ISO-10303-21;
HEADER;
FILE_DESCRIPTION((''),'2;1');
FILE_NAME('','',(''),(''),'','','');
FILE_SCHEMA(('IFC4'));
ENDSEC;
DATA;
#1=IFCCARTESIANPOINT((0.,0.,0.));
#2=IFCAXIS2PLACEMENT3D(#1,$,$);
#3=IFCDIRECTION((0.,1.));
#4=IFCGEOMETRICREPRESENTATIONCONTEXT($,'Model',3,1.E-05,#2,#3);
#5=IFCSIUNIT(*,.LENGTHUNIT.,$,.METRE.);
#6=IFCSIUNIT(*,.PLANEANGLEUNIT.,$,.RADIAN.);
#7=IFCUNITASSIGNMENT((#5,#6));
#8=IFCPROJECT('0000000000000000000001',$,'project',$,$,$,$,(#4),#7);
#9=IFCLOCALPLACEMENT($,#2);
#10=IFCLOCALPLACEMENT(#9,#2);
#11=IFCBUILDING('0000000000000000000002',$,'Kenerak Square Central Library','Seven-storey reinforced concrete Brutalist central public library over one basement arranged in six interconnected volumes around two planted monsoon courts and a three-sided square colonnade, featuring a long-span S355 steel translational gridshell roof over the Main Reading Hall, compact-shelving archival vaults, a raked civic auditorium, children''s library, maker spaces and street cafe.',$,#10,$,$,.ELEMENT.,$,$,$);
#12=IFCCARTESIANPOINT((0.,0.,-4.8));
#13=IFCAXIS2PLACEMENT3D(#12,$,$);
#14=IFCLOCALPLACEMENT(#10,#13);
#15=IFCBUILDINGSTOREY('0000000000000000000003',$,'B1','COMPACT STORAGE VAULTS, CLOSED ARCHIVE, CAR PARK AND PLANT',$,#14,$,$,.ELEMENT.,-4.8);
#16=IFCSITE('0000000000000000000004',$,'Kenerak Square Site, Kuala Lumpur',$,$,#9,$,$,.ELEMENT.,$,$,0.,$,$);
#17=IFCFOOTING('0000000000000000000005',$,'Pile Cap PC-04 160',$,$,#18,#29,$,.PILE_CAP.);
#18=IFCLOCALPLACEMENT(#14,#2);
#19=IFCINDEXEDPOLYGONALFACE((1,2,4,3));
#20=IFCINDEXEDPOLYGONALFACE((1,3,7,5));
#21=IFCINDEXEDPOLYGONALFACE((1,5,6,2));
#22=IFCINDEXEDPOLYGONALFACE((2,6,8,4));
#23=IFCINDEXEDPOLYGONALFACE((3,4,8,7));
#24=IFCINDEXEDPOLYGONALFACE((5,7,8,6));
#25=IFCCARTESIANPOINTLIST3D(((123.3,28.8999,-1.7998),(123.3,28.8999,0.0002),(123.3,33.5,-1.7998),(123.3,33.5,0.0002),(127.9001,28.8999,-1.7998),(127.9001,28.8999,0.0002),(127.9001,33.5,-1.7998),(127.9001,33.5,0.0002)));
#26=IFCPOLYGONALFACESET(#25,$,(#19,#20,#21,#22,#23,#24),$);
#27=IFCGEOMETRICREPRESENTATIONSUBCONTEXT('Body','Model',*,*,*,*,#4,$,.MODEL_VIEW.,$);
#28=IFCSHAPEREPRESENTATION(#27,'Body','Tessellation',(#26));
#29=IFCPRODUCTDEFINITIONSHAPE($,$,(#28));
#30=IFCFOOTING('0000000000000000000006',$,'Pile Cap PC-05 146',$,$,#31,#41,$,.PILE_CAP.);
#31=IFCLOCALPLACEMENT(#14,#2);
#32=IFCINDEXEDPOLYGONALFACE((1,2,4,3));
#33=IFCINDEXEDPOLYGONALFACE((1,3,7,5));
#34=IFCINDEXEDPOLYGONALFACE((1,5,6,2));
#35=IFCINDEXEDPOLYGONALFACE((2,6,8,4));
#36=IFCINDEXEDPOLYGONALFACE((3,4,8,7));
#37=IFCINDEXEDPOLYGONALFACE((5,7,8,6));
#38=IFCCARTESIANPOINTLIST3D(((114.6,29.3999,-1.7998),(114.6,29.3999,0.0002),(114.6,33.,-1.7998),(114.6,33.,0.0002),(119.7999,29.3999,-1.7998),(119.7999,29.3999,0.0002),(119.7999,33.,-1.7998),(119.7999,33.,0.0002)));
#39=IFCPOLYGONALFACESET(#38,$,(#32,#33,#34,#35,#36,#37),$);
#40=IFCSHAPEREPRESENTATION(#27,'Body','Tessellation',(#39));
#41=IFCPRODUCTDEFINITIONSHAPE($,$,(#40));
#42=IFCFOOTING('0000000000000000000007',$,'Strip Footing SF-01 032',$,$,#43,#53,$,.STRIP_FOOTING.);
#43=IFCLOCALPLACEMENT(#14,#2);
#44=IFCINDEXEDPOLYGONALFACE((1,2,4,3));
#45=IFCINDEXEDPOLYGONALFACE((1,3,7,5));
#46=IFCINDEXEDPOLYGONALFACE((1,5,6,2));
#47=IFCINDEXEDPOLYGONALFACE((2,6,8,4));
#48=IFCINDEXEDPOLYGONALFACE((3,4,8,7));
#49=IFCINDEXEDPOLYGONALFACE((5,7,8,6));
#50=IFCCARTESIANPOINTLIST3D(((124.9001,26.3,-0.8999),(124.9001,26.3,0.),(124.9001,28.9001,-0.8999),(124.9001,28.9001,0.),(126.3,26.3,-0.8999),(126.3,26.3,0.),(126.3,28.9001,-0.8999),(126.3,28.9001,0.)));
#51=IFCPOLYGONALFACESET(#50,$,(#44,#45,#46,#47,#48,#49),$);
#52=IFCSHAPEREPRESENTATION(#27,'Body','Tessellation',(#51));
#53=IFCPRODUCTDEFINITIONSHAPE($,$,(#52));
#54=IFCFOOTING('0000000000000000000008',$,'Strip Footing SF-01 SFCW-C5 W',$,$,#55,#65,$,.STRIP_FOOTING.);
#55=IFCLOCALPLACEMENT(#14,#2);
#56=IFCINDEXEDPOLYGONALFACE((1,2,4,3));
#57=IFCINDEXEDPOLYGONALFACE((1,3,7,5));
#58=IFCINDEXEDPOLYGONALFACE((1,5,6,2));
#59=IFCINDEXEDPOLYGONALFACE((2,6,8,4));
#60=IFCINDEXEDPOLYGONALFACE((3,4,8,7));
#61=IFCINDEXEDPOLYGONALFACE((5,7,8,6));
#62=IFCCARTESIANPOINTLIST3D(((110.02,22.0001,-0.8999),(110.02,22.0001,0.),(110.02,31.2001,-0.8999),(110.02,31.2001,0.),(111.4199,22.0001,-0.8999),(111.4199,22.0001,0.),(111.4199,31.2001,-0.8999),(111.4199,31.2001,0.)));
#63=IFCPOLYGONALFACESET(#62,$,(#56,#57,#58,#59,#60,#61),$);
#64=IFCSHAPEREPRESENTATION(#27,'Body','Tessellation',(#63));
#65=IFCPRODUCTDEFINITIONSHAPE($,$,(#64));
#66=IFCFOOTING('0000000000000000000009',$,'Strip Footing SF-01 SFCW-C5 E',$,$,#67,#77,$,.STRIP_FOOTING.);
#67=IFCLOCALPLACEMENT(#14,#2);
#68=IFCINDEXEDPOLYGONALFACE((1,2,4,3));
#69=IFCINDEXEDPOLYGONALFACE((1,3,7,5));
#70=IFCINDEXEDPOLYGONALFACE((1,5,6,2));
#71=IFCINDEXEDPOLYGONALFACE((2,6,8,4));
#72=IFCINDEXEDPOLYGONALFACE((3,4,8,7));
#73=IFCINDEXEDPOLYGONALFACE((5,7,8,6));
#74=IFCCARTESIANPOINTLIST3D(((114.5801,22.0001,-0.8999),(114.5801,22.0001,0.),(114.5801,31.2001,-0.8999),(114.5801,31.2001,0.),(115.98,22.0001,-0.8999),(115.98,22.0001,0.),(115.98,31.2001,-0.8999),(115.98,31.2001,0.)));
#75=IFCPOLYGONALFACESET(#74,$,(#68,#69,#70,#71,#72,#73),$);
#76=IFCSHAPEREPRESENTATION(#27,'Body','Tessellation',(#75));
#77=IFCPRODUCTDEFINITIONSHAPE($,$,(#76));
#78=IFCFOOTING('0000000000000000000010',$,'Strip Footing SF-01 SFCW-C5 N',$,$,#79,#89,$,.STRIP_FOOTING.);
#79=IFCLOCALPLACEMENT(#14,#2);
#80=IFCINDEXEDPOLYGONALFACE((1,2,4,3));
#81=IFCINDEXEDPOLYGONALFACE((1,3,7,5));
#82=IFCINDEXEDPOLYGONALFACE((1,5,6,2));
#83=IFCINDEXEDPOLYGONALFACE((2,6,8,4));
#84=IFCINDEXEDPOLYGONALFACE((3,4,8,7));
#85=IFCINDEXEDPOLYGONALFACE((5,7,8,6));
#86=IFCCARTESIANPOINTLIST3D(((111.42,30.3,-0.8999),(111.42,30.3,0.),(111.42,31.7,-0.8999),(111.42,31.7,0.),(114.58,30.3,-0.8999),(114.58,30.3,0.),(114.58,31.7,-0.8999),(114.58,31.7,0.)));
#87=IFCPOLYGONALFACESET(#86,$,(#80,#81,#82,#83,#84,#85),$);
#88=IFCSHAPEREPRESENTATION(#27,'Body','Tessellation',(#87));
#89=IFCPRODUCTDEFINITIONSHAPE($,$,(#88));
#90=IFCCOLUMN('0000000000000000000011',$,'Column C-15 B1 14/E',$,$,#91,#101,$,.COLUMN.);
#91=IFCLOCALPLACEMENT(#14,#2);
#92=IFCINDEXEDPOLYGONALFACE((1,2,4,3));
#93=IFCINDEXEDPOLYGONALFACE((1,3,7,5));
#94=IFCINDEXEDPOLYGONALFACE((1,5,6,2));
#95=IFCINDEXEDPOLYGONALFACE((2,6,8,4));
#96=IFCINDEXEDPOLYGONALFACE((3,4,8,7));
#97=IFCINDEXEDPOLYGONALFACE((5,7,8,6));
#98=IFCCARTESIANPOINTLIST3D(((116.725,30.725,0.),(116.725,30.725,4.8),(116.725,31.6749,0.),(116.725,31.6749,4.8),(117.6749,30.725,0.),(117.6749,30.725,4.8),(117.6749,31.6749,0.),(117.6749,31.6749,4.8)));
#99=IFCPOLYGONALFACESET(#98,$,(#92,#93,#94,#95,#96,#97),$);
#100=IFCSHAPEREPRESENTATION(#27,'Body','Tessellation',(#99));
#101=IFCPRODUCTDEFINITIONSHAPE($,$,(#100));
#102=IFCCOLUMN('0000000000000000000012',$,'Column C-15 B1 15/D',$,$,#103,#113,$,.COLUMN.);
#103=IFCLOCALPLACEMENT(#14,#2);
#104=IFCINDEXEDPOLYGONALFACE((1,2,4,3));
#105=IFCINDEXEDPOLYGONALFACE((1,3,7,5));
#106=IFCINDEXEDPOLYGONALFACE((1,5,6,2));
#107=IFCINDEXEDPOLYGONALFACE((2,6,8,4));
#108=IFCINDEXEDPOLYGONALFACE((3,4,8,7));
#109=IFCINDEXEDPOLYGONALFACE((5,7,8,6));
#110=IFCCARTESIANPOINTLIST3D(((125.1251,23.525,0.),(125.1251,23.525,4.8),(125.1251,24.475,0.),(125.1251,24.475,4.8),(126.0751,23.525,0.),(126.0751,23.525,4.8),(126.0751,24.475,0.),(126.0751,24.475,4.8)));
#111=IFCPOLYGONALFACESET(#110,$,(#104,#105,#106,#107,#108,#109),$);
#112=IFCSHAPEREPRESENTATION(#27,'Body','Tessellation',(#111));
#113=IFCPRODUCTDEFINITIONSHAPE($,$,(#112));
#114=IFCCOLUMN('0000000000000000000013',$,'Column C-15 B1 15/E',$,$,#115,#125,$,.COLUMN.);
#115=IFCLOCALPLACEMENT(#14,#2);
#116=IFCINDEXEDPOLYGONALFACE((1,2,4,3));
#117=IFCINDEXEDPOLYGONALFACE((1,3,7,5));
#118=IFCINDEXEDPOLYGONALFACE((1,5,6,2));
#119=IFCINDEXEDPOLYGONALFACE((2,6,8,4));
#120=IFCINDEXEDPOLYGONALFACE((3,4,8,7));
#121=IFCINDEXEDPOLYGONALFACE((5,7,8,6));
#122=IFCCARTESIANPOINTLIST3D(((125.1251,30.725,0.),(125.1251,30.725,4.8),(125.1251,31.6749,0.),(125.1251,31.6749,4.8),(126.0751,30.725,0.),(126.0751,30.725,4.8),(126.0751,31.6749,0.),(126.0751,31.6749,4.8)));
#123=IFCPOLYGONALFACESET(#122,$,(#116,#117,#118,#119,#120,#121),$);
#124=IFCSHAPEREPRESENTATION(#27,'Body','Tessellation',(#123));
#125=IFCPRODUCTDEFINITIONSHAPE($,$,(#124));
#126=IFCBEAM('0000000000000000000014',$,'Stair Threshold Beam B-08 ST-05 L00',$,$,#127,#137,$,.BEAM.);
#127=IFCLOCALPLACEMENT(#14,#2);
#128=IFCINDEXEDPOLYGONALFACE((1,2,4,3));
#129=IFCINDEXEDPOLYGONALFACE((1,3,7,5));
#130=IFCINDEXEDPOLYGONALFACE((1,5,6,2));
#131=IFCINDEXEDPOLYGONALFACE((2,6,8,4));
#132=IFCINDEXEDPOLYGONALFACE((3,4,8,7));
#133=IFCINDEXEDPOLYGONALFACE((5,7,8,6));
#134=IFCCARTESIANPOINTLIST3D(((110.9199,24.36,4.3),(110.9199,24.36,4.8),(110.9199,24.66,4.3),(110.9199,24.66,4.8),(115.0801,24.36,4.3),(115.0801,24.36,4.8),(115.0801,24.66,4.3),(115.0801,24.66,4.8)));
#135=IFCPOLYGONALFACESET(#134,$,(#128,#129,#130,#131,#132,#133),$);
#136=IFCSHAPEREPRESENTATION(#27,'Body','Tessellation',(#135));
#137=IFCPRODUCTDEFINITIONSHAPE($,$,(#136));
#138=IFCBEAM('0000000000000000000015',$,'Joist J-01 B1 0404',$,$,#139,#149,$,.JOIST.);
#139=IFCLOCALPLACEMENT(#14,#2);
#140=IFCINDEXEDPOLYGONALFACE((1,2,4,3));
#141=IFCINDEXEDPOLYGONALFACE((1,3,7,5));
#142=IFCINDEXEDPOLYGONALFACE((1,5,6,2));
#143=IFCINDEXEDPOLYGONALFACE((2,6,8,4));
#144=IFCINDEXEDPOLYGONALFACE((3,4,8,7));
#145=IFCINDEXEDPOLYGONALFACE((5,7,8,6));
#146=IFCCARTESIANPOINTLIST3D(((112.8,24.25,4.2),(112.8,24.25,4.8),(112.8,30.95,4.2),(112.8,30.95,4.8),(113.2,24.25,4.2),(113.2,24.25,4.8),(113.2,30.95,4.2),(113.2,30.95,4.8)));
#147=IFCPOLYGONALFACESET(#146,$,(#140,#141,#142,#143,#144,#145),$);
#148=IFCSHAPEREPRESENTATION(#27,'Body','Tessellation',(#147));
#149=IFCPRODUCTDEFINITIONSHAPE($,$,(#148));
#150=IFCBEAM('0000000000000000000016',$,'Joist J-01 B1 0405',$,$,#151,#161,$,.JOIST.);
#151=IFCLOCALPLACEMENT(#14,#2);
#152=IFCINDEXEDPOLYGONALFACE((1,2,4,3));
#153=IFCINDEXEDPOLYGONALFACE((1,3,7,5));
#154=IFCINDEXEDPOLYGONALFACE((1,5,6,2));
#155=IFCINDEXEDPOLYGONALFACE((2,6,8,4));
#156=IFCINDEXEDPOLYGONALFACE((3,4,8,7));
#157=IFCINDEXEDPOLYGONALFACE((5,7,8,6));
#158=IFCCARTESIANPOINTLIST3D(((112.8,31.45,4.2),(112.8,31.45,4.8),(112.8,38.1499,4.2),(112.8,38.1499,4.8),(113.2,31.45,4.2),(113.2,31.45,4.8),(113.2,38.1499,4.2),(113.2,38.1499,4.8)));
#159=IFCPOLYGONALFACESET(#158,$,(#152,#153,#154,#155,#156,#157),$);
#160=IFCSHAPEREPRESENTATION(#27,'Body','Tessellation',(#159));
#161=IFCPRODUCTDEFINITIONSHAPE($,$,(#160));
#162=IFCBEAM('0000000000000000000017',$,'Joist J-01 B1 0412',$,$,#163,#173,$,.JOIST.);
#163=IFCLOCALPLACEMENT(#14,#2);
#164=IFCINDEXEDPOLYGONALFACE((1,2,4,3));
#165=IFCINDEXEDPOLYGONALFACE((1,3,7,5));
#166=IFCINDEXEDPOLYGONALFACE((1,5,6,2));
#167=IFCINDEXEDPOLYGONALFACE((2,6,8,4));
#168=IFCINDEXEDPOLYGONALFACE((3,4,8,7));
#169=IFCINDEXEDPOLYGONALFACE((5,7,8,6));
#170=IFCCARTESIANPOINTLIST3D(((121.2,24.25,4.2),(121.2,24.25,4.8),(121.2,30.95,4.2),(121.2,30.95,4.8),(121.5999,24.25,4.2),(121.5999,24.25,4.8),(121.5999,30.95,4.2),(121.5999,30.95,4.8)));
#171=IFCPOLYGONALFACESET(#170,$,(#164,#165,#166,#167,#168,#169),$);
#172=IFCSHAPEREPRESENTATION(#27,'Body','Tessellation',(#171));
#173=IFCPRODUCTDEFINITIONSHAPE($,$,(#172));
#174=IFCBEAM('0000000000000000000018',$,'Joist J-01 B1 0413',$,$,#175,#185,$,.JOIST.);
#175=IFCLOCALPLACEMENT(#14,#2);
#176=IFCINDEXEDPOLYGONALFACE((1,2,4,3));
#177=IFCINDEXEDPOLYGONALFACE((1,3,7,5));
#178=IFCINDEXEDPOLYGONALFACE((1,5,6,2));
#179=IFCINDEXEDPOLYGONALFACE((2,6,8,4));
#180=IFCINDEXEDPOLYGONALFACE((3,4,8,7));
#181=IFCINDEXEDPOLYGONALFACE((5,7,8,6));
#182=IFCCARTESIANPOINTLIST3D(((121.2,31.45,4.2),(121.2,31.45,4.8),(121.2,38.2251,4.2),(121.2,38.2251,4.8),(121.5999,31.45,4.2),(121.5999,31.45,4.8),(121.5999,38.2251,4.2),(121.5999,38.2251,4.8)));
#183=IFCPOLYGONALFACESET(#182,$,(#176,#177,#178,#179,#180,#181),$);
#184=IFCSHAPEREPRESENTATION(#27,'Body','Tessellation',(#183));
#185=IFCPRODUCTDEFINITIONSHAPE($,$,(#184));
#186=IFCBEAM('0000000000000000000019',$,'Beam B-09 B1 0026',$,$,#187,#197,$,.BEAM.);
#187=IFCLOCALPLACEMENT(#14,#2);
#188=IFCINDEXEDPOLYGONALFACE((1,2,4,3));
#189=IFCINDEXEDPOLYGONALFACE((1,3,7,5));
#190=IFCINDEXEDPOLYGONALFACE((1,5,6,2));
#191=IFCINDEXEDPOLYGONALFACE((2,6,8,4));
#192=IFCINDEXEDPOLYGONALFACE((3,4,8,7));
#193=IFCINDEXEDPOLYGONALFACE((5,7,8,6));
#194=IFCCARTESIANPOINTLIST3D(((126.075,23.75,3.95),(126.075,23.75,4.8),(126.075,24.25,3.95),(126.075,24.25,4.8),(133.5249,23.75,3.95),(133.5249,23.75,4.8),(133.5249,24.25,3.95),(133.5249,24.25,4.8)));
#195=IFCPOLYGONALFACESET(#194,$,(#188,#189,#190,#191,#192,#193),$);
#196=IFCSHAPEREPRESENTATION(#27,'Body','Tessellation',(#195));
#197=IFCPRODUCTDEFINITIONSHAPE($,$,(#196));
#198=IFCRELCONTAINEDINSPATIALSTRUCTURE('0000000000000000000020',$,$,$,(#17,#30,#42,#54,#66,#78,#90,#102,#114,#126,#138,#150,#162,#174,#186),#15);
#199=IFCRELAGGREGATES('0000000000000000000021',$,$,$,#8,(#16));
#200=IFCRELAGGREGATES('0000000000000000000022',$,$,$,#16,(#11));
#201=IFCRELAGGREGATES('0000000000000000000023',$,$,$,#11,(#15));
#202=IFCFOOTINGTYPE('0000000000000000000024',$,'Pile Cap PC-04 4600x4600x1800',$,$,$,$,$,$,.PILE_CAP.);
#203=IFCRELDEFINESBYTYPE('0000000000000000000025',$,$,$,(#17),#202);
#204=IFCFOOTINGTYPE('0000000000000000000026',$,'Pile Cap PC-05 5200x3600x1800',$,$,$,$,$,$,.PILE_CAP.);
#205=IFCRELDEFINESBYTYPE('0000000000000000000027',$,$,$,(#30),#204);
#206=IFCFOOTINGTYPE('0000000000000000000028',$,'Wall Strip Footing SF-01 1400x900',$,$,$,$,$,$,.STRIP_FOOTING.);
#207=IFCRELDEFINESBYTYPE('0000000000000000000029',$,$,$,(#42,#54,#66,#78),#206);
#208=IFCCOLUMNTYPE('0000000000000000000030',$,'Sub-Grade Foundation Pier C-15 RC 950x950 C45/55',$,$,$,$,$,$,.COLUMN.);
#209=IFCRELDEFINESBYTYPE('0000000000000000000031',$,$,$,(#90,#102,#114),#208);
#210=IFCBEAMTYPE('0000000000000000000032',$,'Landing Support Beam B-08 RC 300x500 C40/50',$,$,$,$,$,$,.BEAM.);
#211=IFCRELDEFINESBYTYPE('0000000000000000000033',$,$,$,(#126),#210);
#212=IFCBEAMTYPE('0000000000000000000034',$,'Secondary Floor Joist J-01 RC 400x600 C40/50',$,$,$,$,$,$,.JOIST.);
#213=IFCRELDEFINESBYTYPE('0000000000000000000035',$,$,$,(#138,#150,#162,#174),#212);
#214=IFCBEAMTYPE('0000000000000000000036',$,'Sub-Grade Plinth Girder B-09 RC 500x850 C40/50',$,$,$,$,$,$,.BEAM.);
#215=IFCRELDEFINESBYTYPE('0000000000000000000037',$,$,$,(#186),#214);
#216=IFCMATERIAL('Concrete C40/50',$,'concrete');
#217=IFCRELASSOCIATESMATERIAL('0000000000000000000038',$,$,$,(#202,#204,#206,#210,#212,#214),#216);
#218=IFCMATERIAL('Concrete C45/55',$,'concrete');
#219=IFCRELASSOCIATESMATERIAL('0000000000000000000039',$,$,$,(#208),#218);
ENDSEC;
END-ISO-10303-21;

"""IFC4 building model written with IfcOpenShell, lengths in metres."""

from ifc_helpers import new_model, si_unit, direction, frame, origin, origin_2d, place, context, subcontext, project, spatial, rectangle, extrude, material, material_profile, profile_set, type_object, element, save


model = new_model("IFC4")

# Units and contexts
model_context = context("Model", 3, precision=1e-05, world=origin(), true_north=direction((0.0, 1.0)))
body_context = subcontext(model_context, "Body", "Model", "MODEL_VIEW")
ifc_project = project(units=[si_unit("LENGTHUNIT", "METRE"), si_unit("PLANEANGLEUNIT", "RADIAN")], contexts=[model_context])

# Site, building, storey
site_placement = place(None, origin())
site = spatial("IfcSite", under=ifc_project, at=site_placement, Name="Kenerak Square Site, Kuala Lumpur", CompositionType="ELEMENT", RefElevation=0.0)
building_placement = place(site_placement, origin())
building = spatial("IfcBuilding", under=site, at=building_placement, Name="Kenerak Square Central Library", Description="Seven-storey reinforced concrete Brutalist central public library over one basement arranged in six interconnected volumes around two planted monsoon courts and a three-sided square colonnade, featuring a long-span S355 steel translational gridshell roof over the Main Reading Hall, compact-shelving archival vaults, a raked civic auditorium, children's library, maker spaces and street cafe.", CompositionType="ELEMENT")
storey_placement = place(building_placement, frame((0.0, 0.0, -4.8)))
storey = spatial("IfcBuildingStorey", under=building, at=storey_placement, Name="B1", Description="COMPACT STORAGE VAULTS, CLOSED ARCHIVE, CAR PARK AND PLANT", CompositionType="ELEMENT", Elevation=-4.8)

# Shared definitions
ifc_material_1 = material(Name="Concrete C40/50", Category="concrete")

# Footings
footing_type_1 = type_object("IfcFootingType", Name="Pile Cap PC-04 4600x4600x1800", PredefinedType="PILE_CAP", material=ifc_material_1)
for number, where, z_axis, x_axis, name in (
    (1, (125.6001, 31.2, -1.7998), (0.0, 0.0, 1.0), (1.0, 0.0, 0.0), "Pile Cap PC-04 160"),
):
    element("IfcFooting", number, at=place(storey_placement, frame(where, z_axis=z_axis, x_axis=x_axis)), inside=storey, type_object=footing_type_1, Name=name, PredefinedType="PILE_CAP", context=body_context, shape_type="SweptSolid", body=[
        extrude(rectangle(XDim=4.6001, YDim=4.6001, at=origin_2d()), origin(), (0.0, 0.0, 1.0), 1.8),
    ])
footing_type_2 = type_object("IfcFootingType", Name="Pile Cap PC-05 5200x3600x1800", PredefinedType="PILE_CAP", material=ifc_material_1)
footing_1_placement = place(storey_placement, frame((117.2, 31.2, -1.7998), z_axis=(0.0, 0.0, 1.0), x_axis=(1.0, 0.0, 0.0)))
element("IfcFooting", 2, at=footing_1_placement, inside=storey, type_object=footing_type_2, Name="Pile Cap PC-05 146", PredefinedType="PILE_CAP", context=body_context, shape_type="SweptSolid", body=[
    extrude(rectangle(XDim=5.2, YDim=3.6001, at=origin_2d()), origin(), (0.0, 0.0, 1.0), 1.8),
])
footing_type_3 = type_object("IfcFootingType", Name="Wall Strip Footing SF-01 1400x900", PredefinedType="STRIP_FOOTING", material=ifc_material_1)
footing_2_placement = place(storey_placement, frame((125.6001, 27.6001, -0.8999), z_axis=(0.0, 0.0, 1.0), x_axis=(1.0, 0.0, 0.0)))
element("IfcFooting", 3, at=footing_2_placement, inside=storey, type_object=footing_type_3, Name="Strip Footing SF-01 032", PredefinedType="STRIP_FOOTING", context=body_context, shape_type="SweptSolid", body=[
    extrude(rectangle(XDim=1.3999, YDim=2.6001, at=origin_2d()), origin(), (0.0, 0.0, 1.0), 0.8999),
])
for number, where, z_axis, x_axis, name in (
    (4, (110.72, 26.6001, -0.8999), (0.0, 0.0, 1.0), (1.0, 0.0, 0.0), "Strip Footing SF-01 SFCW-C5 W"),
    (5, (115.28, 26.6001, -0.8999), (0.0, 0.0, 1.0), (1.0, 0.0, 0.0), "Strip Footing SF-01 SFCW-C5 E"),
):
    element("IfcFooting", number, at=place(storey_placement, frame(where, z_axis=z_axis, x_axis=x_axis)), inside=storey, type_object=footing_type_3, Name=name, PredefinedType="STRIP_FOOTING", context=body_context, shape_type="SweptSolid", body=[
        extrude(rectangle(XDim=1.3999, YDim=9.2, at=origin_2d()), origin(), (0.0, 0.0, 1.0), 0.8999),
    ])
footing_3_placement = place(storey_placement, frame((113.0, 31.0, -0.8999), z_axis=(0.0, 0.0, 1.0), x_axis=(1.0, 0.0, 0.0)))
element("IfcFooting", 6, at=footing_3_placement, inside=storey, type_object=footing_type_3, Name="Strip Footing SF-01 SFCW-C5 N", PredefinedType="STRIP_FOOTING", context=body_context, shape_type="SweptSolid", body=[
    extrude(rectangle(XDim=3.1599, YDim=1.3999, at=origin_2d()), origin(), (0.0, 0.0, 1.0), 0.8999),
])

# Columns
ifc_material_2 = material(Name="Concrete C45/55", Category="concrete")
ifc_material_profile_1 = material_profile(ifc_material_2, rectangle(XDim=0.95, YDim=0.95, at=origin_2d()), Name="RC 950x950")
ifc_profile_set_1 = profile_set([ifc_material_profile_1], Name="Concrete C45/55")
column_type = type_object("IfcColumnType", Name="Sub-Grade Foundation Pier C-15 RC 950x950 C45/55", PredefinedType="COLUMN", material=ifc_profile_set_1)
for number, where, z_axis, x_axis, name in (
    (7, (117.2, 31.2, 0.0), (0.0, 0.0, 1.0), (1.0, 0.0, 0.0), "Column C-15 B1 14/E"),
    (8, (125.6001, 24.0, 0.0), (0.0, 0.0, 1.0), (1.0, 0.0, 0.0), "Column C-15 B1 15/D"),
    (9, (125.6001, 31.2, 0.0), (0.0, 0.0, 1.0), (1.0, 0.0, 0.0), "Column C-15 B1 15/E"),
):
    element("IfcColumn", number, at=place(storey_placement, frame(where, z_axis=z_axis, x_axis=x_axis)), inside=storey, type_object=column_type, Name=name, PredefinedType="COLUMN", context=body_context, shape_type="SweptSolid", body=[
        extrude(rectangle(XDim=0.95, YDim=0.95, at=origin_2d()), origin(), (0.0, 0.0, 1.0), 4.8),
    ])

# Beams
ifc_material_profile_2 = material_profile(ifc_material_1, rectangle(XDim=0.3, YDim=0.5, at=origin_2d()), Name="RC 300x500")
ifc_profile_set_2 = profile_set([ifc_material_profile_2], Name="Concrete C40/50")
beam_type_1 = type_object("IfcBeamType", Name="Landing Support Beam B-08 RC 300x500 C40/50", PredefinedType="BEAM", material=ifc_profile_set_2)
beam_1_placement = place(storey_placement, frame((110.9199, 24.51, 4.55), z_axis=(1.0, 0.0, 0.0), x_axis=(0.0, 1.0, 0.0)))
element("IfcBeam", 10, at=beam_1_placement, inside=storey, type_object=beam_type_1, Name="Stair Threshold Beam B-08 ST-05 L00", PredefinedType="BEAM", context=body_context, shape_type="SweptSolid", body=[
    extrude(rectangle(XDim=0.3, YDim=0.5, at=origin_2d()), origin(), (0.0, 0.0, 1.0), 4.1602),
])
ifc_material_profile_3 = material_profile(ifc_material_1, rectangle(XDim=0.3999, YDim=0.6001, at=origin_2d()), Name="RC 400x600")
ifc_profile_set_3 = profile_set([ifc_material_profile_3], Name="Concrete C40/50")
beam_type_2 = type_object("IfcBeamType", Name="Secondary Floor Joist J-01 RC 400x600 C40/50", PredefinedType="JOIST", material=ifc_profile_set_3)
for number, where, z_axis, x_axis, name in (
    (11, (113.0, 24.25, 4.5), (0.0, 1.0, 0.0), (-1.0, 0.0, 0.0), "Joist J-01 B1 0404"),
    (12, (113.0, 31.45, 4.5), (0.0, 1.0, 0.0), (-1.0, 0.0, 0.0), "Joist J-01 B1 0405"),
    (13, (121.3999, 24.25, 4.5), (0.0, 1.0, 0.0), (-1.0, 0.0, 0.0), "Joist J-01 B1 0412"),
):
    element("IfcBeam", number, at=place(storey_placement, frame(where, z_axis=z_axis, x_axis=x_axis)), inside=storey, type_object=beam_type_2, Name=name, PredefinedType="JOIST", context=body_context, shape_type="SweptSolid", body=[
        extrude(rectangle(XDim=0.3999, YDim=0.6001, at=origin_2d()), origin(), (0.0, 0.0, 1.0), 6.7),
    ])
beam_2_placement = place(storey_placement, frame((121.3999, 31.45, 4.5), z_axis=(0.0, 1.0, 0.0), x_axis=(-1.0, 0.0, 0.0)))
element("IfcBeam", 14, at=beam_2_placement, inside=storey, type_object=beam_type_2, Name="Joist J-01 B1 0413", PredefinedType="JOIST", context=body_context, shape_type="SweptSolid", body=[
    extrude(rectangle(XDim=0.3999, YDim=0.6001, at=origin_2d()), origin(), (0.0, 0.0, 1.0), 6.7751),
])
ifc_material_profile_4 = material_profile(ifc_material_1, rectangle(XDim=0.5, YDim=0.8501, at=origin_2d()), Name="RC 500x850")
ifc_profile_set_4 = profile_set([ifc_material_profile_4], Name="Concrete C40/50")
beam_type_3 = type_object("IfcBeamType", Name="Sub-Grade Plinth Girder B-09 RC 500x850 C40/50", PredefinedType="BEAM", material=ifc_profile_set_4)
for number, where, z_axis, x_axis, name in (
    (15, (126.075, 24.0, 4.375), (1.0, 0.0, 0.0), (0.0, 1.0, 0.0), "Beam B-09 B1 0026"),
):
    element("IfcBeam", number, at=place(storey_placement, frame(where, z_axis=z_axis, x_axis=x_axis)), inside=storey, type_object=beam_type_3, Name=name, PredefinedType="BEAM", context=body_context, shape_type="SweptSolid", body=[
        extrude(rectangle(XDim=0.5, YDim=0.8501, at=origin_2d()), origin(), (0.0, 0.0, 1.0), 7.45),
    ])

save(model, "model.ifc")
